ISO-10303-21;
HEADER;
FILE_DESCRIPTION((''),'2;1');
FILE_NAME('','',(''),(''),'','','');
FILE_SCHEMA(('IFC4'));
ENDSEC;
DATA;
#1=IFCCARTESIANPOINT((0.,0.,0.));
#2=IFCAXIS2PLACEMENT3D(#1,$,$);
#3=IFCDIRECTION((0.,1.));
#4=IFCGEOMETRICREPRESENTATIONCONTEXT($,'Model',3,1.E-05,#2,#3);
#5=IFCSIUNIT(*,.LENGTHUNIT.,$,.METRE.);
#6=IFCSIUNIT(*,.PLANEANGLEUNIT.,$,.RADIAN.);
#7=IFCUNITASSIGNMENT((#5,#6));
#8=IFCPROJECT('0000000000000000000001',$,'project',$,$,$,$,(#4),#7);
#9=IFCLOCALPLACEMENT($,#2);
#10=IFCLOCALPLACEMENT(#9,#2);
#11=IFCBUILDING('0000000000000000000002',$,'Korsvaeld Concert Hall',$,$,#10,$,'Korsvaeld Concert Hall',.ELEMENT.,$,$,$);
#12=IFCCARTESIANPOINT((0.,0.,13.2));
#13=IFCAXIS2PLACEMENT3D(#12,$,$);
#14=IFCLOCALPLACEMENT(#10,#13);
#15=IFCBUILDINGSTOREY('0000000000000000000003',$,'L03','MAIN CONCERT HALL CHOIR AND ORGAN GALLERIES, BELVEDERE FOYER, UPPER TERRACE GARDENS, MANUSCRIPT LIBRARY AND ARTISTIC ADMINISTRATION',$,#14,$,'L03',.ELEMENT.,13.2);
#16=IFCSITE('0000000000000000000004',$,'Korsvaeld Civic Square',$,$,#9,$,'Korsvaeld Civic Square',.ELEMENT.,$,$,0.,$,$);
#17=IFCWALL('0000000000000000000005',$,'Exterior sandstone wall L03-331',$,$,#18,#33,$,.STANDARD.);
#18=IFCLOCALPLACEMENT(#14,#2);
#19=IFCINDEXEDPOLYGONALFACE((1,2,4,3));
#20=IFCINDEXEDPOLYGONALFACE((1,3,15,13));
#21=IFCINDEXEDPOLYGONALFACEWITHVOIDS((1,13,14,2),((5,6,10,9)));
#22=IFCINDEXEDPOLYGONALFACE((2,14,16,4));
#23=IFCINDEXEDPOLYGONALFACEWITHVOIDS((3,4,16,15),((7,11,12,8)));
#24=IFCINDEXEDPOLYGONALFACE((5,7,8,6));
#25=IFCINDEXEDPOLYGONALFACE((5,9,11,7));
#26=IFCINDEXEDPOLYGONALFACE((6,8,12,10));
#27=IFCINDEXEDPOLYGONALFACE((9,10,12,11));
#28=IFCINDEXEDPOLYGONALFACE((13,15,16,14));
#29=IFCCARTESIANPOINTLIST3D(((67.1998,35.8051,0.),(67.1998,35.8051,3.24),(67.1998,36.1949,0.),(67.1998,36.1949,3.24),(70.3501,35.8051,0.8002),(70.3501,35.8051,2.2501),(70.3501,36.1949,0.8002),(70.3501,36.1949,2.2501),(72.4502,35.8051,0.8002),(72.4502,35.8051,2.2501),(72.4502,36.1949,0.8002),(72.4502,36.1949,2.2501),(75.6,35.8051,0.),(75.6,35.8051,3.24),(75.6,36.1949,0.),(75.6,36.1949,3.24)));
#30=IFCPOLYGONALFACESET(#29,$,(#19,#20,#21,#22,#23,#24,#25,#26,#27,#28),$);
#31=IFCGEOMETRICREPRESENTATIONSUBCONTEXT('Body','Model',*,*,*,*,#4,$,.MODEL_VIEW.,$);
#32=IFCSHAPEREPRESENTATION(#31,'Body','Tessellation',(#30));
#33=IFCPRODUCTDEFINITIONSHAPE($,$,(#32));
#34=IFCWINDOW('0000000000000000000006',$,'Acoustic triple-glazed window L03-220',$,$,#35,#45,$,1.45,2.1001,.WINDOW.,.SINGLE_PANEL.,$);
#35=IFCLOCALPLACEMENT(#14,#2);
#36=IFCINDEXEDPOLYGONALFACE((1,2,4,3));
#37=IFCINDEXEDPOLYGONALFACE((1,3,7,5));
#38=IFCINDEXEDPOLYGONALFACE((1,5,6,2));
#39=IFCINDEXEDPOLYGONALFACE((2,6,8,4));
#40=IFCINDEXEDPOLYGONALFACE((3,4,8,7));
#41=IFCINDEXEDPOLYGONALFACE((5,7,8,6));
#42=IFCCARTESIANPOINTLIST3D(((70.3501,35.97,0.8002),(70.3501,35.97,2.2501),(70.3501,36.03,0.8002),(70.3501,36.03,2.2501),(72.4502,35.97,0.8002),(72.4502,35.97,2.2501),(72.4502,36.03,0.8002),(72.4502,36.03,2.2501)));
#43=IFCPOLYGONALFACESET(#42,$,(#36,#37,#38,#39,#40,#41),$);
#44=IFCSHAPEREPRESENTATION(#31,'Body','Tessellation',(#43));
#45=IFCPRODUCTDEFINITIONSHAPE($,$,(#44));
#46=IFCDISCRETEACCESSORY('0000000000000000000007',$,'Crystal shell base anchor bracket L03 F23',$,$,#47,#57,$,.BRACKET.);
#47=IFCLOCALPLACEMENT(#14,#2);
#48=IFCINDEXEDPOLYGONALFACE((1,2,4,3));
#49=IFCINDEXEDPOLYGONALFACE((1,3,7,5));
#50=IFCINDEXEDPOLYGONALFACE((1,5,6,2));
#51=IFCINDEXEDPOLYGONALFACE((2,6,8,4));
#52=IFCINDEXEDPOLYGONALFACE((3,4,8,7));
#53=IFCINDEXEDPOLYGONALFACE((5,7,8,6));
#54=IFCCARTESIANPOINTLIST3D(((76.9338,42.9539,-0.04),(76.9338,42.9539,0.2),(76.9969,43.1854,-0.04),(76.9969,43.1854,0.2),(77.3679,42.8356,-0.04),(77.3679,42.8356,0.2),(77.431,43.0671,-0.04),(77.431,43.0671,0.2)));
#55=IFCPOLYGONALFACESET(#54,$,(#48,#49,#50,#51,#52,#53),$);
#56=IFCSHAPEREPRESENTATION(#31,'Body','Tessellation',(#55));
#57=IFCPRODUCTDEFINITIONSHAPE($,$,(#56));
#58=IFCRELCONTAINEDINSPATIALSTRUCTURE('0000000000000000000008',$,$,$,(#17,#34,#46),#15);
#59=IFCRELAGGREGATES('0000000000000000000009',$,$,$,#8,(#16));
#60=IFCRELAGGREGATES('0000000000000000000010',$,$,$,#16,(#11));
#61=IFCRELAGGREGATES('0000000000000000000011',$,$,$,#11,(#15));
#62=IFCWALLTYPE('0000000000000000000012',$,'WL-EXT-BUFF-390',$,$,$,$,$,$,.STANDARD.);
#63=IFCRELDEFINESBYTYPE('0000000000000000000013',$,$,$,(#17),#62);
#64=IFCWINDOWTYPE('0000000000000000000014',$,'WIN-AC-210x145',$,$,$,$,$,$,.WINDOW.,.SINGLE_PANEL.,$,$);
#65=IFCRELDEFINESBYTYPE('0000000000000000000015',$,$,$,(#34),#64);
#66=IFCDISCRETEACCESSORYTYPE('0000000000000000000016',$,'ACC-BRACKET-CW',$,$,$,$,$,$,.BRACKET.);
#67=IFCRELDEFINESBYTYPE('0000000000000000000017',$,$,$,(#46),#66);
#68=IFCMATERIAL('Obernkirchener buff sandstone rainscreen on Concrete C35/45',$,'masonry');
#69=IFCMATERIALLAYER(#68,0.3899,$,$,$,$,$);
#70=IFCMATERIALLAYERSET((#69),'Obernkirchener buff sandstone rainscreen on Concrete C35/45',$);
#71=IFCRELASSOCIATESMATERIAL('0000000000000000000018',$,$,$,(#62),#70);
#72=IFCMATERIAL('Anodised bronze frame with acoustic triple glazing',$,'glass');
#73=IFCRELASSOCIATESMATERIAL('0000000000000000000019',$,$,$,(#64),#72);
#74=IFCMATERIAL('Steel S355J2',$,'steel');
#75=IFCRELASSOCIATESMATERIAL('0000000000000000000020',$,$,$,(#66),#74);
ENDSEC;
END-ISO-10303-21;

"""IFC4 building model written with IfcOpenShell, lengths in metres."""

from ifc_helpers import new_model, si_unit, direction, frame, frame_2d, origin, origin_2d, place, context, subcontext, project, spatial, rectangle, extrude, material, layer, layer_set, type_object, element, fill, save


model = new_model("IFC4")

# Units and contexts
model_context = context("Model", 3, precision=1e-05, world=origin(), true_north=direction((0.0, 1.0)))
body_context = subcontext(model_context, "Body", "Model", "MODEL_VIEW")
ifc_project = project(units=[si_unit("LENGTHUNIT", "METRE"), si_unit("PLANEANGLEUNIT", "RADIAN")], contexts=[model_context])

# Site, building, storey
site_placement = place(None, origin())
site = spatial("IfcSite", under=ifc_project, at=site_placement, Name="Korsvaeld Civic Square", LongName="Korsvaeld Civic Square", CompositionType="ELEMENT", RefElevation=0.0)
building_placement = place(site_placement, origin())
building = spatial("IfcBuilding", under=site, at=building_placement, Name="Korsvaeld Concert Hall", LongName="Korsvaeld Concert Hall", CompositionType="ELEMENT")
storey_placement = place(building_placement, frame((0.0, 0.0, 13.2)))
storey = spatial("IfcBuildingStorey", under=building, at=storey_placement, Name="L03", Description="MAIN CONCERT HALL CHOIR AND ORGAN GALLERIES, BELVEDERE FOYER, UPPER TERRACE GARDENS, MANUSCRIPT LIBRARY AND ARTISTIC ADMINISTRATION", LongName="L03", CompositionType="ELEMENT", Elevation=13.2)

# Wall, opening, window
ifc_material_1 = material(Name="Obernkirchener buff sandstone rainscreen on Concrete C35/45", Category="masonry")
ifc_layer_1 = layer(ifc_material_1, 0.3899)
ifc_layer_set_1 = layer_set([ifc_layer_1], Name="Obernkirchener buff sandstone rainscreen on Concrete C35/45")
wall_type = type_object("IfcWallType", Name="WL-EXT-BUFF-390", PredefinedType="STANDARD", material=ifc_layer_set_1)
wall_placement = place(storey_placement, frame((75.6001, 36.0, 0.0), z_axis=(0.0, 0.0, 1.0), x_axis=(-1.0, 0.0, 0.0)))
wall = element("IfcWall", 1, at=wall_placement, inside=storey, type_object=wall_type, Name="Exterior sandstone wall L03-331", PredefinedType="STANDARD", context=body_context, shape_type="SweptSolid", body=[
    extrude(rectangle(XDim=8.4001, YDim=0.3899, at=frame_2d((4.2002, 0.0))), origin(), (0.0, 0.0, 1.0), 3.24),
])
opening_placement = place(wall_placement, frame((3.1499, 0.0, 0.8)))
opening = element("IfcOpeningElement", 2, at=opening_placement, cuts=wall, PredefinedType="OPENING", context=body_context, shape_type="SweptSolid", body=[
    extrude(rectangle(XDim=2.1001, YDim=1.45, at=frame_2d((1.05, 0.7251))), frame((0.0, 0.2051, 0.0), z_axis=(0.0, -1.0, 0.0), x_axis=(1.0, 0.0, 0.0)), (0.0, 0.0, 1.0), 0.4099),
])
ifc_material_2 = material(Name="Anodised bronze frame with acoustic triple glazing", Category="glass")
window_type = type_object("IfcWindowType", Name="WIN-AC-210x145", PartitioningType="SINGLE_PANEL", PredefinedType="WINDOW", material=ifc_material_2)
window_placement = place(opening_placement, origin())
window = element("IfcWindow", 3, at=window_placement, inside=storey, type_object=window_type, Name="Acoustic triple-glazed window L03-220", OverallHeight=1.45, OverallWidth=2.1001, PartitioningType="SINGLE_PANEL", PredefinedType="WINDOW", context=body_context, shape_type="SweptSolid", body=[
    extrude(rectangle(XDim=2.1001, YDim=1.45, at=frame_2d((1.05, 0.7251))), frame((0.0, 0.03, 0.0), z_axis=(0.0, -1.0, 0.0), x_axis=(1.0, 0.0, 0.0)), (0.0, 0.0, 1.0), 0.0601),
])
fill(opening, window)

# Discrete accessory
ifc_material_3 = material(Name="Steel S355J2", Category="steel")
discrete_accessory_type = type_object("IfcDiscreteAccessoryType", Name="ACC-BRACKET-CW", PredefinedType="BRACKET", material=ifc_material_3)
discrete_accessory_placement = place(storey_placement, frame((77.1824, 43.0105, -0.04), z_axis=(0.0, 0.0, 1.0), x_axis=(0.964833, -0.262863, 0.0)))
element("IfcDiscreteAccessory", 4, at=discrete_accessory_placement, inside=storey, type_object=discrete_accessory_type, Name="Crystal shell base anchor bracket L03 F23", PredefinedType="BRACKET", context=body_context, shape_type="SweptSolid", body=[
    extrude(rectangle(XDim=0.45, YDim=0.24, at=origin_2d()), origin(), (0.0, 0.0, 1.0), 0.24),
])

save(model, "model.ifc")
